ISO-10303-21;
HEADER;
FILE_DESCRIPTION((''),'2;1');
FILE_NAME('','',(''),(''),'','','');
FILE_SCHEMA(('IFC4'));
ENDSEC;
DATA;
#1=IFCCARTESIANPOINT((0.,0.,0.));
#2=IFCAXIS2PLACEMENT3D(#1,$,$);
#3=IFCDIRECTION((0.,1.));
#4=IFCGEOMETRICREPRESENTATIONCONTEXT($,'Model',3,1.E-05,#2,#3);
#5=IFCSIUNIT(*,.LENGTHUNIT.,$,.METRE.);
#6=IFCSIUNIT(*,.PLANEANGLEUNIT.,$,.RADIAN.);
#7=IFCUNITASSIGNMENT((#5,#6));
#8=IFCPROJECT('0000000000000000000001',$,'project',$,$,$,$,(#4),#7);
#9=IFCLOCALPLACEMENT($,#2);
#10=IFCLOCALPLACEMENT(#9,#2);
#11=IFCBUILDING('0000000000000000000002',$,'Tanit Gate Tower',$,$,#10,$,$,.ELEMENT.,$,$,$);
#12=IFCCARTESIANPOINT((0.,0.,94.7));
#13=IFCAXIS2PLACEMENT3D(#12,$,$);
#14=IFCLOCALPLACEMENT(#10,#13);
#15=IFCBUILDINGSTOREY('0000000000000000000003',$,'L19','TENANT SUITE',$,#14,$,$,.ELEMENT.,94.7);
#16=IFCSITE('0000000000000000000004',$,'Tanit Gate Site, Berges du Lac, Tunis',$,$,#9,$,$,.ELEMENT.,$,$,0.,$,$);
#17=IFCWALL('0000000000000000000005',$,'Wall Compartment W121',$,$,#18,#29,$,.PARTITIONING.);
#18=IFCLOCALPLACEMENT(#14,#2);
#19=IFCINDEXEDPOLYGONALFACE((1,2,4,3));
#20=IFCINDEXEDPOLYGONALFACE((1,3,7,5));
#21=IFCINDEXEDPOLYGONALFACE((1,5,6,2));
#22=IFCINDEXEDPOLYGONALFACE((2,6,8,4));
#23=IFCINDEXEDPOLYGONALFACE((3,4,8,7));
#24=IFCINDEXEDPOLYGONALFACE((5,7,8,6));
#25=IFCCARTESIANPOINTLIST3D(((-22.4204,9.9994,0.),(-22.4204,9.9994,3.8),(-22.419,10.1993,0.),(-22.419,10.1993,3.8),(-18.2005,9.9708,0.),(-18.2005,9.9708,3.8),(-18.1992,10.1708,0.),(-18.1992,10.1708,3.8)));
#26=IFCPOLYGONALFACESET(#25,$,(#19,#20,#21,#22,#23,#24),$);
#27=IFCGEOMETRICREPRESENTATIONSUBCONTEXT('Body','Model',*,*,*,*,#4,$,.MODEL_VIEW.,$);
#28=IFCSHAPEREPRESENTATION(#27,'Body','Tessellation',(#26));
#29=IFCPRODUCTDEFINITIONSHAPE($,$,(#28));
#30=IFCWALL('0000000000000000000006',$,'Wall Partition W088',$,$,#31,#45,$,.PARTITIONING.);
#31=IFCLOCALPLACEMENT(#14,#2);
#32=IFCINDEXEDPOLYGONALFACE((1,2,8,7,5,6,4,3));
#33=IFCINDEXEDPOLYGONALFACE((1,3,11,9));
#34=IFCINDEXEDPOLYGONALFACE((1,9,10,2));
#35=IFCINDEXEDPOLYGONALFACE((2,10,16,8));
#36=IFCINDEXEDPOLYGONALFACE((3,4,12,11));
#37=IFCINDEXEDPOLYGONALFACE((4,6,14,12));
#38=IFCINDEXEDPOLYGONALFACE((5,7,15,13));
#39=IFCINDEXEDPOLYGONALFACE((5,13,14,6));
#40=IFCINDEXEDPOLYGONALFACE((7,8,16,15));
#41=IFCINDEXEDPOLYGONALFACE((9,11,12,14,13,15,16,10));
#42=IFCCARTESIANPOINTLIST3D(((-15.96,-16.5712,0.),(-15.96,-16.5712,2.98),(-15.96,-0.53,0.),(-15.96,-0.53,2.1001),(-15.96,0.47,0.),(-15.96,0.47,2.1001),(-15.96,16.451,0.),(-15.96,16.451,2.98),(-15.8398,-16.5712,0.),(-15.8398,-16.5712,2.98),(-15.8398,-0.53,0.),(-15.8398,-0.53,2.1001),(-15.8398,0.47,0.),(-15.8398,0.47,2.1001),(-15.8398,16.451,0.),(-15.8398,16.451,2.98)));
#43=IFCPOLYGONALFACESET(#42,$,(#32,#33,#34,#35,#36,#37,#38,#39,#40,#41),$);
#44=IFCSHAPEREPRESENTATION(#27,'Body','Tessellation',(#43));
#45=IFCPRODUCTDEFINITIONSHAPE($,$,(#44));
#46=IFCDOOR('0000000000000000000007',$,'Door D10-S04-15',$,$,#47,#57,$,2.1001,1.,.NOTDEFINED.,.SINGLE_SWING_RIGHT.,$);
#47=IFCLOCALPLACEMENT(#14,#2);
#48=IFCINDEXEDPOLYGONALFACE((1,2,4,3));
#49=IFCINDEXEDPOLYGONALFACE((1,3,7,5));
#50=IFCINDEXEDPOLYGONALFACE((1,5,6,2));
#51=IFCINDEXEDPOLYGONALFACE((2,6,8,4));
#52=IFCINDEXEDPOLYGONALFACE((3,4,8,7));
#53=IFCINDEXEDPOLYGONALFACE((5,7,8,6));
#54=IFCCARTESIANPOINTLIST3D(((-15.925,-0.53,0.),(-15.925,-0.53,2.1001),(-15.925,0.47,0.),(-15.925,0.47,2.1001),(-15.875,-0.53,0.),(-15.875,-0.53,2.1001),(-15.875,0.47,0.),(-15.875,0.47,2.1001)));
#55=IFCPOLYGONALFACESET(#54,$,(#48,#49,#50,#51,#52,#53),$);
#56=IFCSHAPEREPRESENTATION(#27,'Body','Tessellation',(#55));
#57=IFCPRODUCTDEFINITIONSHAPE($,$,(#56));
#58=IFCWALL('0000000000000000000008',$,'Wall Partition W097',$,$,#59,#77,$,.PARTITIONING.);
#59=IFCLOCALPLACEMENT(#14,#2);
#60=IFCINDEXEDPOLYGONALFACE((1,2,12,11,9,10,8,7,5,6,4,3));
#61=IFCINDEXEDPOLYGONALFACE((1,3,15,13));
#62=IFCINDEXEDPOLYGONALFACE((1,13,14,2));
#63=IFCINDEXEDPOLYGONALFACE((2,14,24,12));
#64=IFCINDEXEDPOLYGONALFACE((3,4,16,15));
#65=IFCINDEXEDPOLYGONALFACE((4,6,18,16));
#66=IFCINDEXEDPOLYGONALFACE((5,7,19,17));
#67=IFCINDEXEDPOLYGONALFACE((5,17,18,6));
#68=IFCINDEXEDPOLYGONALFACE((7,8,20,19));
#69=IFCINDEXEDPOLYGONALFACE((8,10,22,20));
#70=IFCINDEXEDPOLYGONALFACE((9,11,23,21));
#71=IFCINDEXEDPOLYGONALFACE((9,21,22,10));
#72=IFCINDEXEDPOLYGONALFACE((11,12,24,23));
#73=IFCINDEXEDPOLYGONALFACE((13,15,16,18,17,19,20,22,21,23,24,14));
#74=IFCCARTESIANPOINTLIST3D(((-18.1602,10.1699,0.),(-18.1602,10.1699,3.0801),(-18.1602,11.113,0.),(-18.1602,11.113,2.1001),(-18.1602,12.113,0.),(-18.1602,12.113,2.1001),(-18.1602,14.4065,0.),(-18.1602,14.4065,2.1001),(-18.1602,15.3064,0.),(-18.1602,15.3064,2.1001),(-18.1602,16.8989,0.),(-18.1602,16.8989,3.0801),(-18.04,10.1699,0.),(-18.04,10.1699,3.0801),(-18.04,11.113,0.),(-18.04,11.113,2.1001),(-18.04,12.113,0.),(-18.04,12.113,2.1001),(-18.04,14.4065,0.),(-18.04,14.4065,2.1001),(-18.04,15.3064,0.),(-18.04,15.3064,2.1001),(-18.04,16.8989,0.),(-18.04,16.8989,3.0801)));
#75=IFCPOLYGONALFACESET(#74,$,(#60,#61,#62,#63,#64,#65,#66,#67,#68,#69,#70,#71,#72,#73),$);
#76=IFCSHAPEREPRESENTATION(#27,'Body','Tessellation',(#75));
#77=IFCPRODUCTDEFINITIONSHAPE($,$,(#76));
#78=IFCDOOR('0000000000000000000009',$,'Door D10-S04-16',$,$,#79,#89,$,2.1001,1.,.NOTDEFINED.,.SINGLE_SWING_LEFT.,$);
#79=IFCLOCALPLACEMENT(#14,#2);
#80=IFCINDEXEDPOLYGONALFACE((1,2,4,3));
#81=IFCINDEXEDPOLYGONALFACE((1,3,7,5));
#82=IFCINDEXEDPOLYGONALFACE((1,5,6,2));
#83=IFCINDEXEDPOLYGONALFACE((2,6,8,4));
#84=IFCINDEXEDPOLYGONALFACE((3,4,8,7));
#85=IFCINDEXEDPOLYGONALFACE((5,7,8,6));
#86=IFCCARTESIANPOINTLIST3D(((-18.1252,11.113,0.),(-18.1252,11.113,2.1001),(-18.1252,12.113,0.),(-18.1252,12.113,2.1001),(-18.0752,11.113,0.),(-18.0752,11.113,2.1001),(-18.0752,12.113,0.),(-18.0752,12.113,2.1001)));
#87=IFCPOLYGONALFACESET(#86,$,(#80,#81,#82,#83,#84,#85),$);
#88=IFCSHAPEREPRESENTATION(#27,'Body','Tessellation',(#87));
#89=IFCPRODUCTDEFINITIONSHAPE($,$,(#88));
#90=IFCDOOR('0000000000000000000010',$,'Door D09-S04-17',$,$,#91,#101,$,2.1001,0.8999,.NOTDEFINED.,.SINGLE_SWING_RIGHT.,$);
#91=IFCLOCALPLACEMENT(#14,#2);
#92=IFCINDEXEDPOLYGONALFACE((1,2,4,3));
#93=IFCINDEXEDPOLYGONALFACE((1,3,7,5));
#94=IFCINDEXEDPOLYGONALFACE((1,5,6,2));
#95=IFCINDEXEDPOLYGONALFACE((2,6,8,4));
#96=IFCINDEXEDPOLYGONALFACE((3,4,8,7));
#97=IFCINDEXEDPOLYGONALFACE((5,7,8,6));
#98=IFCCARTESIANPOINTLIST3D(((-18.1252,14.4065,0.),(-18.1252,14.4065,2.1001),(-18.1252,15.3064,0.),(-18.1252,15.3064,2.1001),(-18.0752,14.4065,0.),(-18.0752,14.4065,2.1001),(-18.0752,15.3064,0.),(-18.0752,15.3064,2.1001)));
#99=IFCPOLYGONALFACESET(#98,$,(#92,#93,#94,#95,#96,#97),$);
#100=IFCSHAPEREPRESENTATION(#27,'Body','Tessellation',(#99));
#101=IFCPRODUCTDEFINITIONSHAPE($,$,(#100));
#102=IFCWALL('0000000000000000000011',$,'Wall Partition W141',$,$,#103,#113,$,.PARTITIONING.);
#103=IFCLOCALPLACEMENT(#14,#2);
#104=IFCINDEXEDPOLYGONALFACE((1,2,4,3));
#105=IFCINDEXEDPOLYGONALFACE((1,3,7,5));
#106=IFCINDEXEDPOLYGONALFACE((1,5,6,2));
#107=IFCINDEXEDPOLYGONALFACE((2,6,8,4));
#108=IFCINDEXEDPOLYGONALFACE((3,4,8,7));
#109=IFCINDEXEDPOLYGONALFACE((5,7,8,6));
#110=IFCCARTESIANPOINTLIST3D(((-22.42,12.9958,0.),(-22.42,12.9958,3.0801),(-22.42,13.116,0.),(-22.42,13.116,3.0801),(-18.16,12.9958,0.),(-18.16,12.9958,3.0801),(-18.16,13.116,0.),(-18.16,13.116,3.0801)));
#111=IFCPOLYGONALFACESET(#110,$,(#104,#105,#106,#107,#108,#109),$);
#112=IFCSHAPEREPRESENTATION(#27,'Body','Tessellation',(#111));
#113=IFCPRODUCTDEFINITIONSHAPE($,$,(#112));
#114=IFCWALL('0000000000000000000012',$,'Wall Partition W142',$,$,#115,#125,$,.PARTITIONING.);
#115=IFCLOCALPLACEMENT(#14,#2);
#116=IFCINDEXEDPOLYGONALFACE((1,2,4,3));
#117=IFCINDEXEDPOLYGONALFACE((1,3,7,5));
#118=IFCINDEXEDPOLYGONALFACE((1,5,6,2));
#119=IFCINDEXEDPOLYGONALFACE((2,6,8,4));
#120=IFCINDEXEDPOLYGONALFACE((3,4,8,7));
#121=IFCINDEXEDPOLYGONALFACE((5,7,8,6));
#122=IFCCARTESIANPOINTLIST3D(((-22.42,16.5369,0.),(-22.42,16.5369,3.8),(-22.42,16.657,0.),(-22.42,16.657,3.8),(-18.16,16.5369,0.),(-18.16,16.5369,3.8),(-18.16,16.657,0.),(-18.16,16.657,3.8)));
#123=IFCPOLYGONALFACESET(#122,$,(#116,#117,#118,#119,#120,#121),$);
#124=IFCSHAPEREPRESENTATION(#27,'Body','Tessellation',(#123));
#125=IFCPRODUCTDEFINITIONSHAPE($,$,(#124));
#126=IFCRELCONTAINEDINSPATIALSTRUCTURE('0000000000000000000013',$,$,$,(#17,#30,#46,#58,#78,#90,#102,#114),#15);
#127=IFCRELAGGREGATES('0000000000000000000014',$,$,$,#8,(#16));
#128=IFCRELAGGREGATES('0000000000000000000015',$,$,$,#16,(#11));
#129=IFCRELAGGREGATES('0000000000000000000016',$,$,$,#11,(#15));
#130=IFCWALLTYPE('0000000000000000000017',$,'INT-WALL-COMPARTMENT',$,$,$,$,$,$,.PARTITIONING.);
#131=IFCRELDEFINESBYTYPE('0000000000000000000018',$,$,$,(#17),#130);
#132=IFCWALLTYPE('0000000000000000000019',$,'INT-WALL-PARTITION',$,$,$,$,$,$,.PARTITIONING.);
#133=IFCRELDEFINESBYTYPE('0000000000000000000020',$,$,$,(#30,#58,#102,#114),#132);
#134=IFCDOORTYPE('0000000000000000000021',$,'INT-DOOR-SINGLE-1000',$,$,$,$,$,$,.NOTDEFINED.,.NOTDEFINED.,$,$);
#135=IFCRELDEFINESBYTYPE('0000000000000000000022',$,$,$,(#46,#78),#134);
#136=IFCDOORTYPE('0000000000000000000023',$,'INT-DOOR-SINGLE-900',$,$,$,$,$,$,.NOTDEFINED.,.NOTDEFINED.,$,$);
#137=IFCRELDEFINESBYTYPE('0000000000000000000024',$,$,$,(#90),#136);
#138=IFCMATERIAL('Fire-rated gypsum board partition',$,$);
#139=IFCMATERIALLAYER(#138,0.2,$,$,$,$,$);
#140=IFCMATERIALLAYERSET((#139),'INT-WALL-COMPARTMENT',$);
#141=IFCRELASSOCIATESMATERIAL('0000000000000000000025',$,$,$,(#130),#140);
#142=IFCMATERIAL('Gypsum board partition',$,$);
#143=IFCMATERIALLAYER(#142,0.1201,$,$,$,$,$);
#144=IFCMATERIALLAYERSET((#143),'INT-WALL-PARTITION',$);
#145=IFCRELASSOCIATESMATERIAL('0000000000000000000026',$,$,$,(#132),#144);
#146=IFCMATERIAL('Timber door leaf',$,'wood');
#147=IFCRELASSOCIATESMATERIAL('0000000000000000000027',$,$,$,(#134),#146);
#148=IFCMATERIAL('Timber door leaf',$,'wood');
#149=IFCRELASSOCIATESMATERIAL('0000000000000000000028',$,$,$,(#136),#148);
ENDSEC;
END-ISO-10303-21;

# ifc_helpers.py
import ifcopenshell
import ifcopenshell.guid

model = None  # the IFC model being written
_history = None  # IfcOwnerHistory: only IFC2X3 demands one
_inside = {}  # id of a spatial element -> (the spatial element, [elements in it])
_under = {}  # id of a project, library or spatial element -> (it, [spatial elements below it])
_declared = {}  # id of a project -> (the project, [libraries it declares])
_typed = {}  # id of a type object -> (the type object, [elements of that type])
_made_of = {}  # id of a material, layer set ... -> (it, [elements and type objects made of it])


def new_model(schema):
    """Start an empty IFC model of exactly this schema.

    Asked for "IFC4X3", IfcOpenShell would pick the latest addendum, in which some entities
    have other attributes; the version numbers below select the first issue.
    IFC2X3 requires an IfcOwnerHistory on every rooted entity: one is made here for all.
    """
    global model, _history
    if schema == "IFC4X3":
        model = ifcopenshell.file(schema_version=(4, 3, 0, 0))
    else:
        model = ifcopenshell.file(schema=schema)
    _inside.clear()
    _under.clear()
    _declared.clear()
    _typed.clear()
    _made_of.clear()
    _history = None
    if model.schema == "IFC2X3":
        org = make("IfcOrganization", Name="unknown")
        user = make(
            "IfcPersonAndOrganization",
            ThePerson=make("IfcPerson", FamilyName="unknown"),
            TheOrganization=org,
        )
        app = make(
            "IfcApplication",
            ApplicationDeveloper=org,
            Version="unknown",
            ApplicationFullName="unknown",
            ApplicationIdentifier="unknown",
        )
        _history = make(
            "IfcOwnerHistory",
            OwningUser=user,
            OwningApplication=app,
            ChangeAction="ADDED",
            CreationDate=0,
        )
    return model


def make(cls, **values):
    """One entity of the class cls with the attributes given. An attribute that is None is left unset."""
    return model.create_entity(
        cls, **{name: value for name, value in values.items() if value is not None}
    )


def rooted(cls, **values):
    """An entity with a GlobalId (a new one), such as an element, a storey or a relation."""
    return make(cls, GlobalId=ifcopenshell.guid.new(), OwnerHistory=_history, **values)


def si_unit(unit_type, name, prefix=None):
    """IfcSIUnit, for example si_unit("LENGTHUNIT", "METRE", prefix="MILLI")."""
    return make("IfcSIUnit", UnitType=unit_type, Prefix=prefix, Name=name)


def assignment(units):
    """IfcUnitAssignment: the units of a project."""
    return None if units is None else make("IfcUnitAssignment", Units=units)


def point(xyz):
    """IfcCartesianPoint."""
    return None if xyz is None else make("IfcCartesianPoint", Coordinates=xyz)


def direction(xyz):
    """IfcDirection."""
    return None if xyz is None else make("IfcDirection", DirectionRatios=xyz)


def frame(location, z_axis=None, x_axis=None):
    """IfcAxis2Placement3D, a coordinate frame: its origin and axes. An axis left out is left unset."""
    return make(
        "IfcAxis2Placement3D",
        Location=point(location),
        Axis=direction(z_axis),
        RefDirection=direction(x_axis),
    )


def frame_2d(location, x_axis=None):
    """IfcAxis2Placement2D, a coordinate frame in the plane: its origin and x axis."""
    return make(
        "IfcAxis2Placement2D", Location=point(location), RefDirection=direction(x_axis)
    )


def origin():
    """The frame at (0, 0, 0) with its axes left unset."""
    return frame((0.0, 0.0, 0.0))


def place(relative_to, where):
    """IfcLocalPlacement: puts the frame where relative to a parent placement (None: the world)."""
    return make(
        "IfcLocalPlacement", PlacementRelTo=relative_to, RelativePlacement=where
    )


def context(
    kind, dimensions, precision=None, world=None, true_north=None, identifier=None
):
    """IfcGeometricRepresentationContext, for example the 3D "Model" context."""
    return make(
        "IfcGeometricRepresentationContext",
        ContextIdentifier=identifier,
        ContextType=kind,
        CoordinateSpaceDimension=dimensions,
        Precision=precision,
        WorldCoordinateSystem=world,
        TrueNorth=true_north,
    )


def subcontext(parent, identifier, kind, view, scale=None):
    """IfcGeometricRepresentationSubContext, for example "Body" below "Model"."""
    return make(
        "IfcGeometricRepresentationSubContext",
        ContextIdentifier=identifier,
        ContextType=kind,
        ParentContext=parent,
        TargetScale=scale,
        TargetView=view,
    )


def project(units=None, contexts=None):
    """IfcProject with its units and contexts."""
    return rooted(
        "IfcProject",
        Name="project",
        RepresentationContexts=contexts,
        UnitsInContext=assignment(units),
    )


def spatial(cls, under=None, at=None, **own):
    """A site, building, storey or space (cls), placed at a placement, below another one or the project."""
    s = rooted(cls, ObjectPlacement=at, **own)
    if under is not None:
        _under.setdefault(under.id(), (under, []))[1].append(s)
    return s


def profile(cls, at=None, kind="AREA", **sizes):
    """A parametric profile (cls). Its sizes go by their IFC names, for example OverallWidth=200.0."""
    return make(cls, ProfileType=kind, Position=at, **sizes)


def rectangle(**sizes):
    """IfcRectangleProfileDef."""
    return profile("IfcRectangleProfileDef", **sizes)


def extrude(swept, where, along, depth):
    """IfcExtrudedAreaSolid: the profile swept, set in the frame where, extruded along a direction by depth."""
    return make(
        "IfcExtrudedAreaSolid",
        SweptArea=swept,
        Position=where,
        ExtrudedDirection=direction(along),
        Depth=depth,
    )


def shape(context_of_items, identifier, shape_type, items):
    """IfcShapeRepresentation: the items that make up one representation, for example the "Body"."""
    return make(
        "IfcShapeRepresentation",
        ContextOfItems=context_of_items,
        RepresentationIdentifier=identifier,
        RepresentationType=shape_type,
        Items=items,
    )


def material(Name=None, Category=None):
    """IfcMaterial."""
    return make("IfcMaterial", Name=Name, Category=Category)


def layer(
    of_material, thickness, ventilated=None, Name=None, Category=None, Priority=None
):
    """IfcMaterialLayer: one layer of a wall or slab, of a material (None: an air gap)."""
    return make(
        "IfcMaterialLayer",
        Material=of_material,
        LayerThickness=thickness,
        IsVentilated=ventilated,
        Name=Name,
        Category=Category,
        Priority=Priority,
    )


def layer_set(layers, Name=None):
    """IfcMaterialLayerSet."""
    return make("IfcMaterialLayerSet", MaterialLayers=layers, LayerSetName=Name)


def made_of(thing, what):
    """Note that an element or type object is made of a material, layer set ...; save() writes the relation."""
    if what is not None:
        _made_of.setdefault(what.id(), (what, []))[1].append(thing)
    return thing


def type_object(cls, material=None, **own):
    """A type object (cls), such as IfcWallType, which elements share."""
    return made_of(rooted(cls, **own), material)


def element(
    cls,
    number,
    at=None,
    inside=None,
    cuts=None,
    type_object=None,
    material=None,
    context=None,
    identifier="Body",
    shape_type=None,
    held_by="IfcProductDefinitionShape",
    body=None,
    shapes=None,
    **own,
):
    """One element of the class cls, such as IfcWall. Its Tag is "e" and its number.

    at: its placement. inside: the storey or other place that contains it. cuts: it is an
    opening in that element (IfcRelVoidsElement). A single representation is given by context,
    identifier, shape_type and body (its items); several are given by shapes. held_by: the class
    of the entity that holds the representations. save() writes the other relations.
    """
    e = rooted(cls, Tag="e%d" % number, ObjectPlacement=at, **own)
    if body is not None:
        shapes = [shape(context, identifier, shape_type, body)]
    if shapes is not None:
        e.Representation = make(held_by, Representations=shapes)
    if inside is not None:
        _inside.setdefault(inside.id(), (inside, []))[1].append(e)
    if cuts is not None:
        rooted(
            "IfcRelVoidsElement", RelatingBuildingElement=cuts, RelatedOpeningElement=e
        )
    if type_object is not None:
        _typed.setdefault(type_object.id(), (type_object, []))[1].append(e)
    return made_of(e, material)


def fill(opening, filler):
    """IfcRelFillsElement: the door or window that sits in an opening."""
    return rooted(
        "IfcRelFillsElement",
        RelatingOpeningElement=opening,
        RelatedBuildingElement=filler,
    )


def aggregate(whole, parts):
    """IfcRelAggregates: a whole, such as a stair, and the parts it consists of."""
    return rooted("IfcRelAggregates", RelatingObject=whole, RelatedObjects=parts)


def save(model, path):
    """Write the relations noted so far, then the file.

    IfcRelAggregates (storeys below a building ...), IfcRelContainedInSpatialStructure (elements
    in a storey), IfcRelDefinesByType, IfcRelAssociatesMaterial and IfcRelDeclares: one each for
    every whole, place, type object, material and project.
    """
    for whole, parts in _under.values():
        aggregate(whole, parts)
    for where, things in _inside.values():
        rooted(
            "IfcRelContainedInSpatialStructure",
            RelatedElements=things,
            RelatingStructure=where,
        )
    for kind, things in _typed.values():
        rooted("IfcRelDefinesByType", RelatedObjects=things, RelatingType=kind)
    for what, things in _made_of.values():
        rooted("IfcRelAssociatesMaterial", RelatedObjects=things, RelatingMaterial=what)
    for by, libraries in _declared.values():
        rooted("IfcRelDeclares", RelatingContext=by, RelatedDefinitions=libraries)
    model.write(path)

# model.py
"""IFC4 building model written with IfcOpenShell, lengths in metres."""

from ifc_helpers import new_model, si_unit, direction, frame, frame_2d, origin, place, context, subcontext, project, spatial, rectangle, extrude, material, layer, layer_set, type_object, element, fill, save


model = new_model("IFC4")

# Units and contexts
model_context = context("Model", 3, precision=1e-05, world=origin(), true_north=direction((0.0, 1.0)))
body_context = subcontext(model_context, "Body", "Model", "MODEL_VIEW")
ifc_project = project(units=[si_unit("LENGTHUNIT", "METRE"), si_unit("PLANEANGLEUNIT", "RADIAN")], contexts=[model_context])

# Site, building, storey
site_placement = place(None, origin())
site = spatial("IfcSite", under=ifc_project, at=site_placement, Name="Tanit Gate Site, Berges du Lac, Tunis", CompositionType="ELEMENT", RefElevation=0.0)
building_placement = place(site_placement, origin())
building = spatial("IfcBuilding", under=site, at=building_placement, Name="Tanit Gate Tower", CompositionType="ELEMENT")
storey_placement = place(building_placement, frame((0.0, 0.0, 94.7)))
storey = spatial("IfcBuildingStorey", under=building, at=storey_placement, Name="L19", Description="TENANT SUITE", CompositionType="ELEMENT", Elevation=94.7)

# Shared definitions
ifc_material_1 = material(Name="Fire-rated gypsum board partition")
ifc_layer_1 = layer(ifc_material_1, 0.2)
ifc_layer_set_1 = layer_set([ifc_layer_1], Name="INT-WALL-COMPARTMENT")
wall_type_1 = type_object("IfcWallType", Name="INT-WALL-COMPARTMENT", PredefinedType="PARTITIONING", material=ifc_layer_set_1)

# Wall
wall_1_placement = place(storey_placement, frame((-18.2, 10.0708, 0.0), z_axis=(0.0, 0.0, 1.0), x_axis=(-0.999977, 0.006769, 0.0)))
element("IfcWall", 1, at=wall_1_placement, inside=storey, type_object=wall_type_1, Name="Wall Compartment W121", PredefinedType="PARTITIONING", context=body_context, shape_type="SweptSolid", body=[
    extrude(rectangle(XDim=4.22, YDim=0.2, at=frame_2d((2.1099, 0.0))), origin(), (0.0, 0.0, 1.0), 3.8),
])

# Wall, opening, door
ifc_material_2 = material(Name="Gypsum board partition")
ifc_layer_2 = layer(ifc_material_2, 0.1201)
ifc_layer_set_2 = layer_set([ifc_layer_2], Name="INT-WALL-PARTITION")
wall_type_2 = type_object("IfcWallType", Name="INT-WALL-PARTITION", PredefinedType="PARTITIONING", material=ifc_layer_set_2)
wall_2_placement = place(storey_placement, frame((-15.8999, 16.4512, 0.0), z_axis=(0.0, 0.0, 1.0), x_axis=(0.0, -1.0, 0.0)))
wall_2 = element("IfcWall", 2, at=wall_2_placement, inside=storey, type_object=wall_type_2, Name="Wall Partition W088", PredefinedType="PARTITIONING", context=body_context, shape_type="SweptSolid", body=[
    extrude(rectangle(XDim=33.0222, YDim=0.1201, at=frame_2d((16.5112, 0.0))), origin(), (0.0, 0.0, 1.0), 2.98),
])
opening_1_placement = place(wall_2_placement, frame((15.9812, 0.0, 0.0)))
opening_1 = element("IfcOpeningElement", 3, at=opening_1_placement, cuts=wall_2, PredefinedType="OPENING", context=body_context, shape_type="SweptSolid", body=[
    extrude(rectangle(XDim=1.0, YDim=2.1001, at=frame_2d((0.5, 1.05))), frame((0.0, 0.0701, 0.0), z_axis=(0.0, -1.0, 0.0), x_axis=(1.0, 0.0, 0.0)), (0.0, 0.0, 1.0), 0.1401),
])
ifc_material_3 = material(Name="Timber door leaf", Category="wood")
door_type_1 = type_object("IfcDoorType", Name="INT-DOOR-SINGLE-1000", OperationType="NOTDEFINED", PredefinedType="NOTDEFINED", material=ifc_material_3)
door_1_placement = place(opening_1_placement, origin())
door_1 = element("IfcDoor", 4, at=door_1_placement, inside=storey, type_object=door_type_1, Name="Door D10-S04-15", OperationType="SINGLE_SWING_RIGHT", OverallHeight=2.1001, OverallWidth=1.0, PredefinedType="NOTDEFINED", context=body_context, shape_type="SweptSolid", body=[
    extrude(rectangle(XDim=1.0, YDim=2.1001, at=frame_2d((0.5, 1.05))), frame((0.0, 0.0249, 0.0), z_axis=(0.0, -1.0, 0.0), x_axis=(1.0, 0.0, 0.0)), (0.0, 0.0, 1.0), 0.05),
])
fill(opening_1, door_1)

# Wall, openings, doors
wall_3_placement = place(storey_placement, frame((-18.1001, 16.8989, 0.0), z_axis=(0.0, 0.0, 1.0), x_axis=(0.0, -1.0, 0.0)))
wall_3 = element("IfcWall", 5, at=wall_3_placement, inside=storey, type_object=wall_type_2, Name="Wall Partition W097", PredefinedType="PARTITIONING", context=body_context, shape_type="SweptSolid", body=[
    extrude(rectangle(XDim=6.729, YDim=0.1201, at=frame_2d((3.3645, 0.0))), origin(), (0.0, 0.0, 1.0), 3.0801),
])
opening_2_placement = place(wall_3_placement, frame((4.7859, 0.0, 0.0)))
opening_2 = element("IfcOpeningElement", 6, at=opening_2_placement, cuts=wall_3, PredefinedType="OPENING", context=body_context, shape_type="SweptSolid", body=[
    extrude(rectangle(XDim=1.0, YDim=2.1001, at=frame_2d((0.5, 1.05))), frame((0.0, 0.0701, 0.0), z_axis=(0.0, -1.0, 0.0), x_axis=(1.0, 0.0, 0.0)), (0.0, 0.0, 1.0), 0.1401),
])
opening_3_placement = place(wall_3_placement, frame((1.5925, 0.0, 0.0)))
opening_3 = element("IfcOpeningElement", 7, at=opening_3_placement, cuts=wall_3, PredefinedType="OPENING", context=body_context, shape_type="SweptSolid", body=[
    extrude(rectangle(XDim=0.8999, YDim=2.1001, at=frame_2d((0.45, 1.05))), frame((0.0, 0.0701, 0.0), z_axis=(0.0, -1.0, 0.0), x_axis=(1.0, 0.0, 0.0)), (0.0, 0.0, 1.0), 0.1401),
])
door_2_placement = place(opening_2_placement, origin())
door_2 = element("IfcDoor", 8, at=door_2_placement, inside=storey, type_object=door_type_1, Name="Door D10-S04-16", OperationType="SINGLE_SWING_LEFT", OverallHeight=2.1001, OverallWidth=1.0, PredefinedType="NOTDEFINED", context=body_context, shape_type="SweptSolid", body=[
    extrude(rectangle(XDim=1.0, YDim=2.1001, at=frame_2d((0.5, 1.05))), frame((0.0, 0.0249, 0.0), z_axis=(0.0, -1.0, 0.0), x_axis=(1.0, 0.0, 0.0)), (0.0, 0.0, 1.0), 0.05),
])
fill(opening_2, door_2)
ifc_material_4 = material(Name="Timber door leaf", Category="wood")
door_type_2 = type_object("IfcDoorType", Name="INT-DOOR-SINGLE-900", OperationType="NOTDEFINED", PredefinedType="NOTDEFINED", material=ifc_material_4)
door_3_placement = place(opening_3_placement, origin())
door_3 = element("IfcDoor", 9, at=door_3_placement, inside=storey, type_object=door_type_2, Name="Door D09-S04-17", OperationType="SINGLE_SWING_RIGHT", OverallHeight=2.1001, OverallWidth=0.8999, PredefinedType="NOTDEFINED", context=body_context, shape_type="SweptSolid", body=[
    extrude(rectangle(XDim=0.8999, YDim=2.1001, at=frame_2d((0.45, 1.05))), frame((0.0, 0.0249, 0.0), z_axis=(0.0, -1.0, 0.0), x_axis=(1.0, 0.0, 0.0)), (0.0, 0.0, 1.0), 0.05),
])
fill(opening_3, door_3)

# Walls
wall_4_placement = place(storey_placement, frame((-22.4199, 13.0559, 0.0), z_axis=(0.0, 0.0, 1.0), x_axis=(1.0, 0.0, 0.0)))
element("IfcWall", 10, at=wall_4_placement, inside=storey, type_object=wall_type_2, Name="Wall Partition W141", PredefinedType="PARTITIONING", context=body_context, shape_type="SweptSolid", body=[
    extrude(rectangle(XDim=4.26, YDim=0.1201, at=frame_2d((2.1299, 0.0))), origin(), (0.0, 0.0, 1.0), 3.0801),
])
wall_5_placement = place(storey_placement, frame((-22.4199, 16.5969, 0.0), z_axis=(0.0, 0.0, 1.0), x_axis=(1.0, 0.0, 0.0)))
element("IfcWall", 11, at=wall_5_placement, inside=storey, type_object=wall_type_2, Name="Wall Partition W142", PredefinedType="PARTITIONING", context=body_context, shape_type="SweptSolid", body=[
    extrude(rectangle(XDim=4.26, YDim=0.1201, at=frame_2d((2.1299, 0.0))), origin(), (0.0, 0.0, 1.0), 3.8),
])

save(model, "model.ifc")
